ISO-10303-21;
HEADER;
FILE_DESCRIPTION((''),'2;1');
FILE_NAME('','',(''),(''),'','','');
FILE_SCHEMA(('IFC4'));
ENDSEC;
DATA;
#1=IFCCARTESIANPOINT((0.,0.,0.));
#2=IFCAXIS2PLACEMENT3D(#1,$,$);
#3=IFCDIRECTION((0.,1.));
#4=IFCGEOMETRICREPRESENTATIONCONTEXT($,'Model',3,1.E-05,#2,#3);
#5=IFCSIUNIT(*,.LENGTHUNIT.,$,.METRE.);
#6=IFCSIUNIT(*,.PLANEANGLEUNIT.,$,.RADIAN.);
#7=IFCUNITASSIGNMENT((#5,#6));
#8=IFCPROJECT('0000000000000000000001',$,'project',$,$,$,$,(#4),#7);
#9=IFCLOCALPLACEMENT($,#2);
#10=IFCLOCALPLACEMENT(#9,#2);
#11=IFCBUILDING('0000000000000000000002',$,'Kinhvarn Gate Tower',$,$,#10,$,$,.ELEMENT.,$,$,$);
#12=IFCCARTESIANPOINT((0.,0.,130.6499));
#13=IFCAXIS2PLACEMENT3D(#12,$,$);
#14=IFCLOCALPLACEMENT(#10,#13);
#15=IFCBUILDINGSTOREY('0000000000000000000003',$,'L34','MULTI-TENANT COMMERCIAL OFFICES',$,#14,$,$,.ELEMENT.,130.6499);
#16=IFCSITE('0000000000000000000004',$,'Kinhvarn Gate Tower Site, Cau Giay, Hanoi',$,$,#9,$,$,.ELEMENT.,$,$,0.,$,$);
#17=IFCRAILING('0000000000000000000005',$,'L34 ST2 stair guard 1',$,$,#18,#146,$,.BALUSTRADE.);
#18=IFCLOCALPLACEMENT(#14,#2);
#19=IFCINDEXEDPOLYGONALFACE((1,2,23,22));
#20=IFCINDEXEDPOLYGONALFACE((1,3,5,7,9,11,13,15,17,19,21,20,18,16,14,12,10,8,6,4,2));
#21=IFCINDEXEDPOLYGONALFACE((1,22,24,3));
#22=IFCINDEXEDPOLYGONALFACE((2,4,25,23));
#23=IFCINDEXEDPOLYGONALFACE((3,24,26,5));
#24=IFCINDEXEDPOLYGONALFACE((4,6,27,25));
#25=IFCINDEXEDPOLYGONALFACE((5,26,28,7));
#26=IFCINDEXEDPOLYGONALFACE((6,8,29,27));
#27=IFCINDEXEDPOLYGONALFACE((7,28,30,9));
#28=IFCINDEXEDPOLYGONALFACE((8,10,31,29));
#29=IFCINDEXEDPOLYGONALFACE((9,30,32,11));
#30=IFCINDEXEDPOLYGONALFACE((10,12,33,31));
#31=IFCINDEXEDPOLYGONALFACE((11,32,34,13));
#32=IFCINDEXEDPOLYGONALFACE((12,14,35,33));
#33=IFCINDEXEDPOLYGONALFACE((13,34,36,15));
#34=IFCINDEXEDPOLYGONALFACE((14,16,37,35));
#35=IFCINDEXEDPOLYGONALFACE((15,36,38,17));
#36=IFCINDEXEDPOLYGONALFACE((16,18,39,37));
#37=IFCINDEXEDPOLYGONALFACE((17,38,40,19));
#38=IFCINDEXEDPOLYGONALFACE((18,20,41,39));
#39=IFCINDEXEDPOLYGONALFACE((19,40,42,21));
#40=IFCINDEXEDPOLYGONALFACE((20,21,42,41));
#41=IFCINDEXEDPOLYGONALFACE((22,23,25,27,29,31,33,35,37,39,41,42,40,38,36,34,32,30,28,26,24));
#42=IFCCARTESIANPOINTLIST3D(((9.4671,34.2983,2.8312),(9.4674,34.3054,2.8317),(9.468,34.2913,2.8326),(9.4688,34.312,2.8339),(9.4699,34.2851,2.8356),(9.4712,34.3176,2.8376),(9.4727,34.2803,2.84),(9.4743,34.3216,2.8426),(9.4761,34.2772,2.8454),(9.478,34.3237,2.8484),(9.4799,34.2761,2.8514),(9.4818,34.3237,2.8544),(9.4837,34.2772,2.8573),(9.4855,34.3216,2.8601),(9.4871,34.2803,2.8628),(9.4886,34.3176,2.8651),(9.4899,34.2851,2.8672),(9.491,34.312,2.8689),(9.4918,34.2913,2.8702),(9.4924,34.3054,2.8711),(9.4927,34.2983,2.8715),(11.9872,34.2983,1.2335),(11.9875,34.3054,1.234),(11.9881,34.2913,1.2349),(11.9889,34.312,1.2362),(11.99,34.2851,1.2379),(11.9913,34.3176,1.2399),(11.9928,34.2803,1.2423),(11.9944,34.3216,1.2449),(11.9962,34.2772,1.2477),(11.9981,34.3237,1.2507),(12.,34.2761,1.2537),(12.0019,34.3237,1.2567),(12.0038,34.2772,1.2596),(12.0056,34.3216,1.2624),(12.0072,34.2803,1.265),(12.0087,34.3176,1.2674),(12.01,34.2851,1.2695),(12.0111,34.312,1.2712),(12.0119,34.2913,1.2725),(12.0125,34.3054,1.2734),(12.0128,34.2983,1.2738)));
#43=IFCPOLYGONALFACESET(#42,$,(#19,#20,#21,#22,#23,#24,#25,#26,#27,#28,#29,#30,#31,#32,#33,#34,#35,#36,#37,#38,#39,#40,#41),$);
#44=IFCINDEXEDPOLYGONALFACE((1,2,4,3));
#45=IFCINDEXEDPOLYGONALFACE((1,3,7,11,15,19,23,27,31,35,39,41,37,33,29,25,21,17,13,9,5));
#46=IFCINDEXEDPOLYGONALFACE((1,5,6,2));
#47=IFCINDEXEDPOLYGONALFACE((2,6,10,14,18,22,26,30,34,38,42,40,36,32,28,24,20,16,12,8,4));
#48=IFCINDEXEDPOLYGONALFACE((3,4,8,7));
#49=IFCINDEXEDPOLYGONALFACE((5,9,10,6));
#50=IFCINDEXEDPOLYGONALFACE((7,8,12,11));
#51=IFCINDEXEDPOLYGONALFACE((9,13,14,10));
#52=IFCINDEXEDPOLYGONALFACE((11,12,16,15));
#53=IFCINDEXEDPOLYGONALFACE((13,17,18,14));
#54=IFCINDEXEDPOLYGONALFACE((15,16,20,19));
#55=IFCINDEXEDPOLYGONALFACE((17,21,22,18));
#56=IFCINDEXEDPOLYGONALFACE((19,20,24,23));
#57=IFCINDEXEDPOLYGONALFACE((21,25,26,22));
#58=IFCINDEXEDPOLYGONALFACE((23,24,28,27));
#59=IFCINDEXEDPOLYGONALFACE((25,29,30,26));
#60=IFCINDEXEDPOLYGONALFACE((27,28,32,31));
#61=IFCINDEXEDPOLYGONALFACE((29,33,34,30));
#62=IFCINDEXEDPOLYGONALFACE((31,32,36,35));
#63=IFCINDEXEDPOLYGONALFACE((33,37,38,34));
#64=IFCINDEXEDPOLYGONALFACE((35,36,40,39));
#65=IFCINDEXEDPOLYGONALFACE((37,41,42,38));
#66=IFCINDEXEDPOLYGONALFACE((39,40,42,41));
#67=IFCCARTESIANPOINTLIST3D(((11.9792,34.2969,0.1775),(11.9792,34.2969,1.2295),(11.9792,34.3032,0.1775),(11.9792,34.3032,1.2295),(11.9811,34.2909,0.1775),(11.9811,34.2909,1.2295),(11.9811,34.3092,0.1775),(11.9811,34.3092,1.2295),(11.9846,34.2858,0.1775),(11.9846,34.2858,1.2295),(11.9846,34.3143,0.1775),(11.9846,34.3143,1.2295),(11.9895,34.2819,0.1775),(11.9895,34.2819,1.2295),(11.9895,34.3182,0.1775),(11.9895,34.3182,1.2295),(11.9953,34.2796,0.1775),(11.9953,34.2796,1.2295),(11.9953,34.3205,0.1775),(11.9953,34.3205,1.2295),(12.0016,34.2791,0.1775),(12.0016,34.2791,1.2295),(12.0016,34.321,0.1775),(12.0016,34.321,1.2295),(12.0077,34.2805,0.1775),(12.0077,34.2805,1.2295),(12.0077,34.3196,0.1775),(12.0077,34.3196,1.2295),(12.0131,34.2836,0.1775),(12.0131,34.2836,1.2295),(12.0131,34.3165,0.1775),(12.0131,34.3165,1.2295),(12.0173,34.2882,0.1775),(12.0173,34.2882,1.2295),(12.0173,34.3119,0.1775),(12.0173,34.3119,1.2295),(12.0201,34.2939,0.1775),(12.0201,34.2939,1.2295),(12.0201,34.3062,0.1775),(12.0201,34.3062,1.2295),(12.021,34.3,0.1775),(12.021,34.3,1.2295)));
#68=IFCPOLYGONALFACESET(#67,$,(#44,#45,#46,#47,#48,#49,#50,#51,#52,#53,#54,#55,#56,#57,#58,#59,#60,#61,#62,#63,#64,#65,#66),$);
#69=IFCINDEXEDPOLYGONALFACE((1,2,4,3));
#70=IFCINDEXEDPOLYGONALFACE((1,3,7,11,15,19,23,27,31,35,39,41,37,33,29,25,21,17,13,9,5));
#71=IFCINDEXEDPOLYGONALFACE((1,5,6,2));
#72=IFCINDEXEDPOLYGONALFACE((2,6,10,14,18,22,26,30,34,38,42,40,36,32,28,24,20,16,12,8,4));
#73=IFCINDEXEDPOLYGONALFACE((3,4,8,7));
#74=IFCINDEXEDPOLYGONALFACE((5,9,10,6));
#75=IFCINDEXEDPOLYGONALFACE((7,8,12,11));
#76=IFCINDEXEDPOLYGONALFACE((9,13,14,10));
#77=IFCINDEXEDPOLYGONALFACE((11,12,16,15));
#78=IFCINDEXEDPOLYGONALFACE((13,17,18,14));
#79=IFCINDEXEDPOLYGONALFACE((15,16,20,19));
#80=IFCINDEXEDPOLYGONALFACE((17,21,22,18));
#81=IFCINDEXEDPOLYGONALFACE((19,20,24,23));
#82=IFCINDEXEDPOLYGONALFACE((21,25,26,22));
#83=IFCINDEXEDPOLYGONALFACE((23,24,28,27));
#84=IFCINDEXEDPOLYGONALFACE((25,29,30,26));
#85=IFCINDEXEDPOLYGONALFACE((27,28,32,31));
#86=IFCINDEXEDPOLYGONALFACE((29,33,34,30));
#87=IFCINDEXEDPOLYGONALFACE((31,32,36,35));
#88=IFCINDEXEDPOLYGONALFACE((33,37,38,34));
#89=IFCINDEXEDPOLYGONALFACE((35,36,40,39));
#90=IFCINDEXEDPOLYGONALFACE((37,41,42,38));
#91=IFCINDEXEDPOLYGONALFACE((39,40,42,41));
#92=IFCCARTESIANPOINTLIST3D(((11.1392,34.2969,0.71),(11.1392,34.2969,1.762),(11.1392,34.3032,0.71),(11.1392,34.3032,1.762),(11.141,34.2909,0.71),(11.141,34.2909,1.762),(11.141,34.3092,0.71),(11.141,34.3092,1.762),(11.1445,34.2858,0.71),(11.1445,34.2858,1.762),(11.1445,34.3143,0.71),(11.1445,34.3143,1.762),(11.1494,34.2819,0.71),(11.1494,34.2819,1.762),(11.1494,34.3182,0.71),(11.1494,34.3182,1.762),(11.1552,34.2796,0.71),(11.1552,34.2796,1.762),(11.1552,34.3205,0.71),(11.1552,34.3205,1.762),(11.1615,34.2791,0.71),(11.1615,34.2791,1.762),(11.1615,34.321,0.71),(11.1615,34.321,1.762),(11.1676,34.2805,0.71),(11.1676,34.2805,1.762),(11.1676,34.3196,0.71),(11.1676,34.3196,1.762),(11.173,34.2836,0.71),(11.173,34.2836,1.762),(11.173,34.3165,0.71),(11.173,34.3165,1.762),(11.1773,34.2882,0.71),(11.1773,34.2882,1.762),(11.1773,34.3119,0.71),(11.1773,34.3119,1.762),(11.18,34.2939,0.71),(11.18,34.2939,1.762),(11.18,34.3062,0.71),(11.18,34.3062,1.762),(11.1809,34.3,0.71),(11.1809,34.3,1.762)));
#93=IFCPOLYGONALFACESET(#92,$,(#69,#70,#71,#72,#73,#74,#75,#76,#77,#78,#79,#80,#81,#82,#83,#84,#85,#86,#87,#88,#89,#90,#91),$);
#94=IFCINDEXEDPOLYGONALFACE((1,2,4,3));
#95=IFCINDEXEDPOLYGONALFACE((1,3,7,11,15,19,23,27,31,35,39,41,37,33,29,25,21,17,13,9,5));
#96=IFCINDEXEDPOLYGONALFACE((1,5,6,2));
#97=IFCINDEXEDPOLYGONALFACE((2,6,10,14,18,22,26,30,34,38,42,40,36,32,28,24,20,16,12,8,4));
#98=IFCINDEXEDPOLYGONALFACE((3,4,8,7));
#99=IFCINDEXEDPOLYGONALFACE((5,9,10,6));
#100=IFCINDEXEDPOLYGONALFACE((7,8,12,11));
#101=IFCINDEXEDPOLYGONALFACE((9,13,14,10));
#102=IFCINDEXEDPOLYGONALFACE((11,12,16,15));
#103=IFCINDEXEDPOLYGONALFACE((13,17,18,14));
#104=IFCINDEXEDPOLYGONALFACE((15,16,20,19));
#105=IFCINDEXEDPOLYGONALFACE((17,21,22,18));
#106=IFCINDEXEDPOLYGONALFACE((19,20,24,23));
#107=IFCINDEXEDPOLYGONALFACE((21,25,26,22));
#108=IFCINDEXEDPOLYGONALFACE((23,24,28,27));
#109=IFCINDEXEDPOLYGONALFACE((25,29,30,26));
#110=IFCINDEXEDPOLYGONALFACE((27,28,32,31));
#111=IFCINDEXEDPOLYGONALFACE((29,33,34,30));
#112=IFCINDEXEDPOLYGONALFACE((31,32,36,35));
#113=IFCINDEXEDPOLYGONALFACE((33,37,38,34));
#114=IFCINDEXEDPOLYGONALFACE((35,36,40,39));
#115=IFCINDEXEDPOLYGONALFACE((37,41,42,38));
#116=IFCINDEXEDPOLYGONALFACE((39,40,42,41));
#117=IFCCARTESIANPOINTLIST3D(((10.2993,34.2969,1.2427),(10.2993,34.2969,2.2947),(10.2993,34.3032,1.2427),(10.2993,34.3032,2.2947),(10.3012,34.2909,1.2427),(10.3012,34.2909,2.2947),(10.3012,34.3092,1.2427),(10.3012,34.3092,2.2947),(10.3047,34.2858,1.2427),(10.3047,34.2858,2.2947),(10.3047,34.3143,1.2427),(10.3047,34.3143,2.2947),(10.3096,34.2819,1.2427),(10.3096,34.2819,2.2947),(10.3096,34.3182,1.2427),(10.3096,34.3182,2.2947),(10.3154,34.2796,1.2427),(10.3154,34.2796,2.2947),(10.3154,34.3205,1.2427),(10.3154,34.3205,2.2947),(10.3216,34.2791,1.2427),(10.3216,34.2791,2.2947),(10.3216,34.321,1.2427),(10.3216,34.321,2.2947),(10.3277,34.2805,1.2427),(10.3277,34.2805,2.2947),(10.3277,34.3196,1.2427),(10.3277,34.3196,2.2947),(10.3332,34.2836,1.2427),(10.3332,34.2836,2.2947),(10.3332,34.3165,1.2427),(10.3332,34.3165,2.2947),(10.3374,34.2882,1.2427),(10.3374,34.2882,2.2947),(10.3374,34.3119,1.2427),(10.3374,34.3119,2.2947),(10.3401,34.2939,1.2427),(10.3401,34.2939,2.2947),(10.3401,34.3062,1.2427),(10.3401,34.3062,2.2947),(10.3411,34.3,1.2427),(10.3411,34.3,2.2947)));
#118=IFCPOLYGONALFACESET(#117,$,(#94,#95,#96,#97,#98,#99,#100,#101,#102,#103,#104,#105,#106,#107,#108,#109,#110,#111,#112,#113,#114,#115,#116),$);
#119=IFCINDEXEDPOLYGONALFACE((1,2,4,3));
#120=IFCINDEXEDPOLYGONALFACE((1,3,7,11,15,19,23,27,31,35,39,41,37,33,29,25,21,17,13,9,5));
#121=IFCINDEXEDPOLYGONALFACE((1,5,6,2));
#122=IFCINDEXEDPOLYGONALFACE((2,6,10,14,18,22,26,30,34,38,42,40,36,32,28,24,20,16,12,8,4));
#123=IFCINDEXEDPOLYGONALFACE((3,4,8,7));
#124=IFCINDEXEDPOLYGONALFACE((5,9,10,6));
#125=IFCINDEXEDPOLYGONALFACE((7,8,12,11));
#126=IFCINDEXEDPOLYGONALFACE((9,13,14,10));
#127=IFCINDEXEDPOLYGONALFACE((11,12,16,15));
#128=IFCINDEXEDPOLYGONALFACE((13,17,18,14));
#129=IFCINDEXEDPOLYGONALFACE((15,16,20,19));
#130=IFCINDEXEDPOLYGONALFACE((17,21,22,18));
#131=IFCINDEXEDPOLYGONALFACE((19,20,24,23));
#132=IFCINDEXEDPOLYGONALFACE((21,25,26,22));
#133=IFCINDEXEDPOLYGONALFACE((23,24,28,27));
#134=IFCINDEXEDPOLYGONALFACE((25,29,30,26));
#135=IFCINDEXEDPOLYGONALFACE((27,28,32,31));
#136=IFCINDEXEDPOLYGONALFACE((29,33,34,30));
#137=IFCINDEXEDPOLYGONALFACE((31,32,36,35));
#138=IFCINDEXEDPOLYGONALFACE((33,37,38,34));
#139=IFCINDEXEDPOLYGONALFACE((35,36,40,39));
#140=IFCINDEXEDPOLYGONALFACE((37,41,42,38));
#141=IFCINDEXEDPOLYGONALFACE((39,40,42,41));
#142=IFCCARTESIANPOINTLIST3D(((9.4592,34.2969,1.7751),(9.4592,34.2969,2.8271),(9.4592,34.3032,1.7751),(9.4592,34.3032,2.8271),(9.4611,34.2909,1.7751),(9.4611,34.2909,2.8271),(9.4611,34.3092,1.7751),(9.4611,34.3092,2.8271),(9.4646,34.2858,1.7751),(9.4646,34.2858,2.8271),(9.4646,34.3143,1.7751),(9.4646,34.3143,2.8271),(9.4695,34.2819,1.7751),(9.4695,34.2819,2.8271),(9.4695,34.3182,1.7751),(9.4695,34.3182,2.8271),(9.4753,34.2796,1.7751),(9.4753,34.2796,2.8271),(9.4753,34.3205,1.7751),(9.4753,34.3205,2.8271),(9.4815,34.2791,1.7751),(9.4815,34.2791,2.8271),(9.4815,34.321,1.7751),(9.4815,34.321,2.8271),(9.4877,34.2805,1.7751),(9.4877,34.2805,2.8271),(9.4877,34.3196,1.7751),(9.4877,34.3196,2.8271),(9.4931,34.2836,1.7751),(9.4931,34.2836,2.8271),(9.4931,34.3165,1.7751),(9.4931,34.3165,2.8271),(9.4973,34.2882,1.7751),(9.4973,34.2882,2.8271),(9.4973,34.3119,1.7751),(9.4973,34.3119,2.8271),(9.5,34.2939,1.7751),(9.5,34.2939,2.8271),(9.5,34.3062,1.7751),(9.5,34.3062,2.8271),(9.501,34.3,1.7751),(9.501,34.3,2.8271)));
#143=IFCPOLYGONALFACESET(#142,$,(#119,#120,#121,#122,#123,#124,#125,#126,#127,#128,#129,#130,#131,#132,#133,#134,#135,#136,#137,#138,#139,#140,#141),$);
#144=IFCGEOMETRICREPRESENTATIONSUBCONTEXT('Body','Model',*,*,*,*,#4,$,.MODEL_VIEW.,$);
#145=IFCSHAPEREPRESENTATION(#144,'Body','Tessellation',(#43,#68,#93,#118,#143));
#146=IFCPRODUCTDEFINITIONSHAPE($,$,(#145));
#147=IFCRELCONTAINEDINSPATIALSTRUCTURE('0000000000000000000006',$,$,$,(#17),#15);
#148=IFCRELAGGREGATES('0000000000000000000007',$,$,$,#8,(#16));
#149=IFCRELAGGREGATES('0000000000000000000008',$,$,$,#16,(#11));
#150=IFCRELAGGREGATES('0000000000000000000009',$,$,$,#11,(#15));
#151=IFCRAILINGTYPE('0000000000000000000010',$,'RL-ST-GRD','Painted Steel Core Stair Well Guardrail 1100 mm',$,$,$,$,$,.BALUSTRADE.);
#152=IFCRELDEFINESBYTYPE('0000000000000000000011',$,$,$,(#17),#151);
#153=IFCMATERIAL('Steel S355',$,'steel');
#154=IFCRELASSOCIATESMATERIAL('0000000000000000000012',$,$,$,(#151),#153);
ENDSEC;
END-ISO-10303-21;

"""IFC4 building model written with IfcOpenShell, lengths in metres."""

from ifc_helpers import new_model, si_unit, direction, frame, origin, origin_2d, place, context, subcontext, project, spatial, circle, extrude, material, type_object, element, save


model = new_model("IFC4")

# Units and contexts
model_context = context("Model", 3, precision=1e-05, world=origin(), true_north=direction((0.0, 1.0)))
body_context = subcontext(model_context, "Body", "Model", "MODEL_VIEW")
ifc_project = project(units=[si_unit("LENGTHUNIT", "METRE"), si_unit("PLANEANGLEUNIT", "RADIAN")], contexts=[model_context])

# Site, building, storey
site_placement = place(None, origin())
site = spatial("IfcSite", under=ifc_project, at=site_placement, Name="Kinhvarn Gate Tower Site, Cau Giay, Hanoi", CompositionType="ELEMENT", RefElevation=0.0)
building_placement = place(site_placement, origin())
building = spatial("IfcBuilding", under=site, at=building_placement, Name="Kinhvarn Gate Tower", CompositionType="ELEMENT")
storey_placement = place(building_placement, frame((0.0, 0.0, 130.6499)))
storey = spatial("IfcBuildingStorey", under=building, at=storey_placement, Name="L34", Description="MULTI-TENANT COMMERCIAL OFFICES", CompositionType="ELEMENT", Elevation=130.6499)

# Shared definitions
ifc_material_1 = material(Name="Steel S355", Category="steel")

# Railing
railing_type_1 = type_object("IfcRailingType", Name="RL-ST-GRD", Description="Painted Steel Core Stair Well Guardrail 1100 mm", PredefinedType="BALUSTRADE", material=ifc_material_1)
railing_1_placement = place(storey_placement, frame((12.0, 34.3, 0.1775)))
element("IfcRailing", 1, at=railing_1_placement, inside=storey, type_object=railing_type_1, Name="L34 ST2 stair guard 1", PredefinedType="BALUSTRADE", context=body_context, shape_type="SweptSolid", body=[
    extrude(circle(Radius=0.0239, at=origin_2d()), frame((0.0, 0.0, 1.0762), z_axis=(-0.84457, 0.0, 0.535445), x_axis=(0.0, -1.0, 0.0)), (0.0, 0.0, 1.0), 2.9839),
    extrude(circle(Radius=0.021, at=origin_2d()), origin(), (0.0, 0.0, 1.0), 1.052),
    extrude(circle(Radius=0.021, at=origin_2d()), frame((-0.8401, 0.0, 0.5325)), (0.0, 0.0, 1.0), 1.052),
    extrude(circle(Radius=0.021, at=origin_2d()), frame((-1.6799, 0.0, 1.0652)), (0.0, 0.0, 1.0), 1.052),
    extrude(circle(Radius=0.021, at=origin_2d()), frame((-2.52, 0.0, 1.5977)), (0.0, 0.0, 1.0), 1.052),
])

save(model, "model.ifc")
